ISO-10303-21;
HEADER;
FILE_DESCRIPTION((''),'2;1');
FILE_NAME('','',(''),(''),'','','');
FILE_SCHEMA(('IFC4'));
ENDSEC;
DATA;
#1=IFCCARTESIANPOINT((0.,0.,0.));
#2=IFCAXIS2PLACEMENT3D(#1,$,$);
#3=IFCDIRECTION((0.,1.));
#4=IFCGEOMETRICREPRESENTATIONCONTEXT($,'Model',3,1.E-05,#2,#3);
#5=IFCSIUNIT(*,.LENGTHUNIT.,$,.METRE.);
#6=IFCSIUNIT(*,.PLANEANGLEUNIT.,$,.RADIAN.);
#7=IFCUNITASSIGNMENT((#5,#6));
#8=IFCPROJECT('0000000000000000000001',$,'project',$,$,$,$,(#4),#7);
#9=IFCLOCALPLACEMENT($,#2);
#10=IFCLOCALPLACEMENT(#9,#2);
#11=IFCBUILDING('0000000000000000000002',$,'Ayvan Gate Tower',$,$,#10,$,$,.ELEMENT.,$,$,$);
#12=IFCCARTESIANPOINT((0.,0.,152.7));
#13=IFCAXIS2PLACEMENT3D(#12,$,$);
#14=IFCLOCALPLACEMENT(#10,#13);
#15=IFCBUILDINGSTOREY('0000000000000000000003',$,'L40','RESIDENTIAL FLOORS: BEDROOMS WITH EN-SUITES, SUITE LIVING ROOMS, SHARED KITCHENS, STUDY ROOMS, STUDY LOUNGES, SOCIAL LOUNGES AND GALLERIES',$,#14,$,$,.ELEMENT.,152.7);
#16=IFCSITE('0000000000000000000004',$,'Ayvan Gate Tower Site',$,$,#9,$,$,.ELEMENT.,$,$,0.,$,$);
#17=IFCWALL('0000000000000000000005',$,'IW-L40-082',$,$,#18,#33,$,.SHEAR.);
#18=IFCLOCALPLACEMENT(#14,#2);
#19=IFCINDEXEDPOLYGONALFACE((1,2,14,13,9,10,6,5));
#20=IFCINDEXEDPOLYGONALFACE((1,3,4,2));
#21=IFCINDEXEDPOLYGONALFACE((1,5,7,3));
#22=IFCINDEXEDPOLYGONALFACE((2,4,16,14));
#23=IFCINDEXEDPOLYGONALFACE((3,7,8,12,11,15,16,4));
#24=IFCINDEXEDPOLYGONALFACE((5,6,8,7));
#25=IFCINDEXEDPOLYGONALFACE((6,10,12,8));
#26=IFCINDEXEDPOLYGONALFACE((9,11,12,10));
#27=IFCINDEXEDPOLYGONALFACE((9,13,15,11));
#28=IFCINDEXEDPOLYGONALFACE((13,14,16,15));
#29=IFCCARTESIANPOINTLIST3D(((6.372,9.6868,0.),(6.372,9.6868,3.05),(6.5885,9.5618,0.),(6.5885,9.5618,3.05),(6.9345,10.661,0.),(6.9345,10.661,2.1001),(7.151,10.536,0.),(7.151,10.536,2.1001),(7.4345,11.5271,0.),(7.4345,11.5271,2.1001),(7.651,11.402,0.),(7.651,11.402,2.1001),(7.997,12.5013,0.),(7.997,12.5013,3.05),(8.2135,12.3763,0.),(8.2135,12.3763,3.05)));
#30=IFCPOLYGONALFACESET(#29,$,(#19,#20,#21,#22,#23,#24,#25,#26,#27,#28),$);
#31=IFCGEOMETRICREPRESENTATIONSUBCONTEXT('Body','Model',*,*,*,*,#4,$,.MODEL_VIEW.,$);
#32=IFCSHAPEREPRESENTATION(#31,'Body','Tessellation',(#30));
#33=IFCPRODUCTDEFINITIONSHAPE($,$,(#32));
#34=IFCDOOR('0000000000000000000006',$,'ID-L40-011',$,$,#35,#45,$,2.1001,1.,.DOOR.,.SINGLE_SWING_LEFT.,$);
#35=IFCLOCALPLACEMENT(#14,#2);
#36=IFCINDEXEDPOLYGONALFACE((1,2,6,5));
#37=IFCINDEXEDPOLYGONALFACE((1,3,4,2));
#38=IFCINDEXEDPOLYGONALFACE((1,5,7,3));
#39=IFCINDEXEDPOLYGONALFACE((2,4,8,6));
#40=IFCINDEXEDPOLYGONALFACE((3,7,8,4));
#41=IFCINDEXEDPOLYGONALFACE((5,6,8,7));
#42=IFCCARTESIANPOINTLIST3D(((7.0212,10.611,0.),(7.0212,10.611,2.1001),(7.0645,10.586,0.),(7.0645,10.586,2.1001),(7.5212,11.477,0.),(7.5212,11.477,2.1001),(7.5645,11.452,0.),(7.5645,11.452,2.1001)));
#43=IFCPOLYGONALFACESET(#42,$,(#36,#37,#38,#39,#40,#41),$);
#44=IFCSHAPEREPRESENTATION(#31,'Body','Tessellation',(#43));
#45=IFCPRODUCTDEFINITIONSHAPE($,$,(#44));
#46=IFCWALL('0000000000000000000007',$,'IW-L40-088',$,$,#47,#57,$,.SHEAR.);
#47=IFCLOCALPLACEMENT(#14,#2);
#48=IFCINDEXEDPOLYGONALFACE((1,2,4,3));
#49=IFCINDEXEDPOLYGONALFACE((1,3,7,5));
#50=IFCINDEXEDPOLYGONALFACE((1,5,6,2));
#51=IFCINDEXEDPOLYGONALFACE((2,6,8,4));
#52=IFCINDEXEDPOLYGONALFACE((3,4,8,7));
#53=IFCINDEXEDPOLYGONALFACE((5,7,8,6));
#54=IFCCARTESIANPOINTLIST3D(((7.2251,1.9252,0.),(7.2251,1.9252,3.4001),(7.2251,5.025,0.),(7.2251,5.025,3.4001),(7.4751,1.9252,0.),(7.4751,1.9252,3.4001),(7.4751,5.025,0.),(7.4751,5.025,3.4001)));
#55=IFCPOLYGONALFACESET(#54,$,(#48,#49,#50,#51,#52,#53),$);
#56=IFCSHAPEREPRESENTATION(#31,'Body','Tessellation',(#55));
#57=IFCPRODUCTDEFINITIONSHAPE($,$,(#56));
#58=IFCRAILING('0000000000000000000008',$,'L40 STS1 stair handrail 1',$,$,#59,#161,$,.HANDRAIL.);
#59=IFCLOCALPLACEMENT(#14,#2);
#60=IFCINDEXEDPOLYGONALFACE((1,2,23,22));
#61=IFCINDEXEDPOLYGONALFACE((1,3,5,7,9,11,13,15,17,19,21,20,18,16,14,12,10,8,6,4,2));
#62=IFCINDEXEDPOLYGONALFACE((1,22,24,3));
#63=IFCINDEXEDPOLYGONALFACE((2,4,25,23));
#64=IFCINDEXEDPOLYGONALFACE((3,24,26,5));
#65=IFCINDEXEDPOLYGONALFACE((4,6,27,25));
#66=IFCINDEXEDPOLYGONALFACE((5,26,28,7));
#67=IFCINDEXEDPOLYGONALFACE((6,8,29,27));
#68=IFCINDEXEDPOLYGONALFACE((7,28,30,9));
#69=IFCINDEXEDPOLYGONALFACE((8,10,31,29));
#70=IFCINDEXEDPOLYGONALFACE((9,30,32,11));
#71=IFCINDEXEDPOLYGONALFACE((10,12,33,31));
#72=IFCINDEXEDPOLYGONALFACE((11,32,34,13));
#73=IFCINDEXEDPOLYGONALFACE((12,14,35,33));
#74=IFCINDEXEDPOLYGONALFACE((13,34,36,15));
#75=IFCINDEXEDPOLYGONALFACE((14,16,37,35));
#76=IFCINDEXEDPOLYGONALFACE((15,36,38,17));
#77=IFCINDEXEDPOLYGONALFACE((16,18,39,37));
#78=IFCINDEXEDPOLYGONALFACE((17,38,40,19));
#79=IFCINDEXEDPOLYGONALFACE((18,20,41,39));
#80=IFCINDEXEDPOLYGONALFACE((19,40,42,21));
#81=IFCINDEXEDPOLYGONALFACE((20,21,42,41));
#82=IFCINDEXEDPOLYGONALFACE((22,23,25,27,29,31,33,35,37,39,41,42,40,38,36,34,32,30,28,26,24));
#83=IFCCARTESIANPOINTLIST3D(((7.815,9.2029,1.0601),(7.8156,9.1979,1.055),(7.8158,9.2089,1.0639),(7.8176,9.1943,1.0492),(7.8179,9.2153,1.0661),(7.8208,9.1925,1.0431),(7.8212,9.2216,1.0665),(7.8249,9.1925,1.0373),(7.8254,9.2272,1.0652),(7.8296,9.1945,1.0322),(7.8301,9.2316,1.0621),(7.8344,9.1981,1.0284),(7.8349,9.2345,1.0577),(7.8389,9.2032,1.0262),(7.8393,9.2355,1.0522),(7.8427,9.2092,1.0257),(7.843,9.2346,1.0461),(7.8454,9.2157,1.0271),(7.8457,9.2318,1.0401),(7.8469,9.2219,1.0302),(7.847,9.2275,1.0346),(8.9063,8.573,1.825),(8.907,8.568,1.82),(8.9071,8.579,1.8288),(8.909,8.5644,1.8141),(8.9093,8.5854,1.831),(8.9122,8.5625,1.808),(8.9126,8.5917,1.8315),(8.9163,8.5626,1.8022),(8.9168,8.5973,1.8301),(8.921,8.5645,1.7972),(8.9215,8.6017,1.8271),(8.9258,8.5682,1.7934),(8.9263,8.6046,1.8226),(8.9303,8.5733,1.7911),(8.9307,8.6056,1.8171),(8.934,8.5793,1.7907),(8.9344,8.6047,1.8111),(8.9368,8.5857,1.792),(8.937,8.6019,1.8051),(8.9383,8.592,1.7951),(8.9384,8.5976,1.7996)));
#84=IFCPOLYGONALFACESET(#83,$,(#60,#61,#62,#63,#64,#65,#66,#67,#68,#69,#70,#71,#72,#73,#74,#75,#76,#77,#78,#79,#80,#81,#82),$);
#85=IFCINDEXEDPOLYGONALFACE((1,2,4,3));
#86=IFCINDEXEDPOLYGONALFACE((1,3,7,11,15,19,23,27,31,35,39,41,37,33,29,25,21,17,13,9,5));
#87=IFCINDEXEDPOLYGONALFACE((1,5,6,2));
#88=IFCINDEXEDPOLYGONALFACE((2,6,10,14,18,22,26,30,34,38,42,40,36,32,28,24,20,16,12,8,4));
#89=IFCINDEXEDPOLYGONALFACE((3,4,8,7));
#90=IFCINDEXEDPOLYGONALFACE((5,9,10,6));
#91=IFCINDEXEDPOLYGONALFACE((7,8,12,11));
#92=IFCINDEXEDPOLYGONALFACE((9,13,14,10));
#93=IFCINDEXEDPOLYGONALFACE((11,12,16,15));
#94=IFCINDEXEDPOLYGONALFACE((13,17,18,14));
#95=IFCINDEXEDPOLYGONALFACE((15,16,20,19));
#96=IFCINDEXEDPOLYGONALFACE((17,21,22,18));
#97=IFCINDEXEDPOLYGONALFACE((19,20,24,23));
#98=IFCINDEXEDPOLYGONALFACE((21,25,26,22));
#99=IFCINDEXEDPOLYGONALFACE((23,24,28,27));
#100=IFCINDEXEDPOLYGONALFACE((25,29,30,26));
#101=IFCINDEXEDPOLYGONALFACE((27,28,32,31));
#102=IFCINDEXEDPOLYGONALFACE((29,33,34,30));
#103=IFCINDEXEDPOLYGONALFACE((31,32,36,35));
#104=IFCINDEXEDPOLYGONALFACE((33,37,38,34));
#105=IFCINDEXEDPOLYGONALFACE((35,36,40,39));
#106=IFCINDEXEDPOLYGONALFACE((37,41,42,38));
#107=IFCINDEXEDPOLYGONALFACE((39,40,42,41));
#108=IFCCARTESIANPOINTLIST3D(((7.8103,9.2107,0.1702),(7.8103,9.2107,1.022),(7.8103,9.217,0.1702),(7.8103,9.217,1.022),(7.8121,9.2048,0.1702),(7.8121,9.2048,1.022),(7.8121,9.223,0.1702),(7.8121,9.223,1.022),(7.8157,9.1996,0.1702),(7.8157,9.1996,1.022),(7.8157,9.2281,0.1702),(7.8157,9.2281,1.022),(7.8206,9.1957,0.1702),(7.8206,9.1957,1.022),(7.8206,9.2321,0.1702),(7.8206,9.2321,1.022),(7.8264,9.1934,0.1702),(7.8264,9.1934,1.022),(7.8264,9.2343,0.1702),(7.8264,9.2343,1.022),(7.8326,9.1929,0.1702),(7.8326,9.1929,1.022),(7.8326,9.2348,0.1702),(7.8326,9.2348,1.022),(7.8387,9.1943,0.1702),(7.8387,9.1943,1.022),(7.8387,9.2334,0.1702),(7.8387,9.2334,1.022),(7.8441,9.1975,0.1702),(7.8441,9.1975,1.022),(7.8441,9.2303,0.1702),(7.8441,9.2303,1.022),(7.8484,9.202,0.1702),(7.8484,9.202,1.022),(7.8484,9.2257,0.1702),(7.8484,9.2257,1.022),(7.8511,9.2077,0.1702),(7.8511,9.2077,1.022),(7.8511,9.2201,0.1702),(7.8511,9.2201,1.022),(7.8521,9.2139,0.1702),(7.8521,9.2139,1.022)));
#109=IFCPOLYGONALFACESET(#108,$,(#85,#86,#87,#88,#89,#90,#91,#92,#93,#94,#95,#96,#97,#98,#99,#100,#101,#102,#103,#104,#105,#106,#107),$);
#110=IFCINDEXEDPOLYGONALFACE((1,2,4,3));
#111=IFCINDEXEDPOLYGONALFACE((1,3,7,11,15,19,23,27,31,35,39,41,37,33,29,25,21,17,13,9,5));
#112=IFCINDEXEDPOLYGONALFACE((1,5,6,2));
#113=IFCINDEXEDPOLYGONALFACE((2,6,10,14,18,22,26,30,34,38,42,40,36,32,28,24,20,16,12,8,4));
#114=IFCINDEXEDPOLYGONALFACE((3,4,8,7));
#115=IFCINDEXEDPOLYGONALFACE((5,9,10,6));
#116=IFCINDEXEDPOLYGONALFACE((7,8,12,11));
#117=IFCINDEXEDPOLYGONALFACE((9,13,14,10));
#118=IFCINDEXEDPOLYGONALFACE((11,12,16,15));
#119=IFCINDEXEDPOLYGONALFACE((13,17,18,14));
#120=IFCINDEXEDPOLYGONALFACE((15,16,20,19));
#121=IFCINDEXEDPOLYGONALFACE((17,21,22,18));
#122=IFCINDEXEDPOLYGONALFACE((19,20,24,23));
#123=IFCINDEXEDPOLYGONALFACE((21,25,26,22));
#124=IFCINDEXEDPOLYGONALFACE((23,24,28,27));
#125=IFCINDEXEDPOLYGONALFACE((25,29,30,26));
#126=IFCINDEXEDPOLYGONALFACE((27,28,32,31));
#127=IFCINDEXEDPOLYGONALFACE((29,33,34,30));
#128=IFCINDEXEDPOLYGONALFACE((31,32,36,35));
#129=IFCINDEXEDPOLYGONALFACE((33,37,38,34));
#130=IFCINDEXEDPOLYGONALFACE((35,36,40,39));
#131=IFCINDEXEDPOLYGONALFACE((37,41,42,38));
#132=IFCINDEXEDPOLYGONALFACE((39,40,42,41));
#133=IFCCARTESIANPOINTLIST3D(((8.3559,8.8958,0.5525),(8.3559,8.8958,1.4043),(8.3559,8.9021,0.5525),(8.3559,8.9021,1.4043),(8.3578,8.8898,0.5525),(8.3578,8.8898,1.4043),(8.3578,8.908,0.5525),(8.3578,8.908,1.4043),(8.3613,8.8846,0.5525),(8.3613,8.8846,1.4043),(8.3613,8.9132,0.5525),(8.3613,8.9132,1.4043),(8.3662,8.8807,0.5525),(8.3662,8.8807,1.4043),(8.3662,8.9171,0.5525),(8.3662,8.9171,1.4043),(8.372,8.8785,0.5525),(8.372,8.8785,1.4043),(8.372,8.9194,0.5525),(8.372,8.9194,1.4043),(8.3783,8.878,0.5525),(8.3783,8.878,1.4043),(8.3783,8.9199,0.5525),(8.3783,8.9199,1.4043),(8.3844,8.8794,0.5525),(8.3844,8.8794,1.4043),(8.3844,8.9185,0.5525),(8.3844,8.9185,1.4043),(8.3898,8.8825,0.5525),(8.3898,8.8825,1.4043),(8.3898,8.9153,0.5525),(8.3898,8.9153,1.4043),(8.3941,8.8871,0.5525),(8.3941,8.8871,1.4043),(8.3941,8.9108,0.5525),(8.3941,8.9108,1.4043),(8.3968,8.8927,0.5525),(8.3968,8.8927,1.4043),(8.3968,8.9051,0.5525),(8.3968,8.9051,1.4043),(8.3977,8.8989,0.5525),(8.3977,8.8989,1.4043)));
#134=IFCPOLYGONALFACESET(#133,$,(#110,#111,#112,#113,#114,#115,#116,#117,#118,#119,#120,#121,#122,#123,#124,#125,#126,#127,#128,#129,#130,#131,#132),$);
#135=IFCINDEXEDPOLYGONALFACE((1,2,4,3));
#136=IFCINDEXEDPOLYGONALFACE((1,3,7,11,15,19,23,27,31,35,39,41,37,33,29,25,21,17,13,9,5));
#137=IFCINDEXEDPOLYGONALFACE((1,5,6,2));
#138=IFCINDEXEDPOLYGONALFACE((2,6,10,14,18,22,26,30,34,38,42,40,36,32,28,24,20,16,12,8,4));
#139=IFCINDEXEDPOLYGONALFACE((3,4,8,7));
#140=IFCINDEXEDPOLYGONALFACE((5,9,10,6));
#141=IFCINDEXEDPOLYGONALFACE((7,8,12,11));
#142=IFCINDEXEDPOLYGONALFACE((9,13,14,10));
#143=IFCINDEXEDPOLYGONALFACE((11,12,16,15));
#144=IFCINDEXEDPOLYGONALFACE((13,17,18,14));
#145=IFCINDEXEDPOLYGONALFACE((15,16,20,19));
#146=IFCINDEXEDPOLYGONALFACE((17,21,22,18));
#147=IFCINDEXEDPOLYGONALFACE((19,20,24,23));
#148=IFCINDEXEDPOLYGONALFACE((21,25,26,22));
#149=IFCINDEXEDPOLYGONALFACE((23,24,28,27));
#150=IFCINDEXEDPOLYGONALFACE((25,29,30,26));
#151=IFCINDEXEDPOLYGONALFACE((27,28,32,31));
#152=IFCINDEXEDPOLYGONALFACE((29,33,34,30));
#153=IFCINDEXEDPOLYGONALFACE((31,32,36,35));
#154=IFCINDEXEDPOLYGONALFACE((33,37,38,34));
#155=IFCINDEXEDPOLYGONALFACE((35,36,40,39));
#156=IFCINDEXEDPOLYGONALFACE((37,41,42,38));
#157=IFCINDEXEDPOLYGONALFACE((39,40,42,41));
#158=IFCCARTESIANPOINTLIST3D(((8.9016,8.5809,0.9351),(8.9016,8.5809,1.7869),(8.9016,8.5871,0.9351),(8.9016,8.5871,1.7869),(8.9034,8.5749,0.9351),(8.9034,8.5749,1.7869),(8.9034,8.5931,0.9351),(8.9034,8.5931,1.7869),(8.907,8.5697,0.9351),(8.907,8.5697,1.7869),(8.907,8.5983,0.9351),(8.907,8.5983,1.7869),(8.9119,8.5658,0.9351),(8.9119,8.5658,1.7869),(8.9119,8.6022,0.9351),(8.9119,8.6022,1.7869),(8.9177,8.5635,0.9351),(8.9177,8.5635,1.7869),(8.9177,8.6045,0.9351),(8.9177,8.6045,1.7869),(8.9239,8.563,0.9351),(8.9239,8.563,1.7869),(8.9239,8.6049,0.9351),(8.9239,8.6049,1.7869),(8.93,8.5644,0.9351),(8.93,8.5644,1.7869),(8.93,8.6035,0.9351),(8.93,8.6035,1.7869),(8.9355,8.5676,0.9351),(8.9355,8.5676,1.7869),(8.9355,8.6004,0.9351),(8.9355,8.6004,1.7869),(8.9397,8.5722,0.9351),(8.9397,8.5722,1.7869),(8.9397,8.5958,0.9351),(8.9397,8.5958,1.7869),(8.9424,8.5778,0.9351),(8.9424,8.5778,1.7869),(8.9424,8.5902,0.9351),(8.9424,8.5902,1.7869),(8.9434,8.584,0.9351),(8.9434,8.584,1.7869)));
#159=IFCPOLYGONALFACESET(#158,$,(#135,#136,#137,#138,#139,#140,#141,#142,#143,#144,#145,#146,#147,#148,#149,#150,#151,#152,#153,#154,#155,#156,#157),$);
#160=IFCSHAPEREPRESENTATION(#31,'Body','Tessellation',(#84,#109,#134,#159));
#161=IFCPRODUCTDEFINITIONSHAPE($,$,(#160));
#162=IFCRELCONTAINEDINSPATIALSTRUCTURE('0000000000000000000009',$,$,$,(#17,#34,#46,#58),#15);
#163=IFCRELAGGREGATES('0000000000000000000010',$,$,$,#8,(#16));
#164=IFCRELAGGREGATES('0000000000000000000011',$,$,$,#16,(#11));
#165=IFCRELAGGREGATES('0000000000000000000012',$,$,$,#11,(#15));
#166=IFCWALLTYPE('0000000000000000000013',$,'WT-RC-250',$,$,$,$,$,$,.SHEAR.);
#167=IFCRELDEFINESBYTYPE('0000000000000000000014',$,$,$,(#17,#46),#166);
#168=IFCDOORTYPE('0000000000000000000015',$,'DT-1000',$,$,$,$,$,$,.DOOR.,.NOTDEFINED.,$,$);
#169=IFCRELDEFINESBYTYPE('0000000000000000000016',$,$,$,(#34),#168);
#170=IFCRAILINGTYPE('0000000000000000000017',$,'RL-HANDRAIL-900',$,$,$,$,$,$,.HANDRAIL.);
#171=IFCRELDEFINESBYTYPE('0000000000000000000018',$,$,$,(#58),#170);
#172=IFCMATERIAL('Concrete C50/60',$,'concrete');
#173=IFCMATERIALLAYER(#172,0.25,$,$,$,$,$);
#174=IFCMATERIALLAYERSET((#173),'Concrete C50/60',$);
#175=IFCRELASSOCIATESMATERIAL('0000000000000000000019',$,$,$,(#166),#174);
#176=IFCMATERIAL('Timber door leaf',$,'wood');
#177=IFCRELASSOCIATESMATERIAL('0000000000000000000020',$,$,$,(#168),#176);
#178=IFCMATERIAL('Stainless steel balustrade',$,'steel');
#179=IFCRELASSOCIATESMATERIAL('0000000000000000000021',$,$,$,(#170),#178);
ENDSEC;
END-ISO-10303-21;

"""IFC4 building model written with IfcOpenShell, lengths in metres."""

from ifc_helpers import new_model, si_unit, direction, frame, frame_2d, origin, origin_2d, place, context, subcontext, project, spatial, rectangle, circle, extrude, material, layer, layer_set, type_object, element, fill, save


model = new_model("IFC4")

# Units and contexts
model_context = context("Model", 3, precision=1e-05, world=origin(), true_north=direction((0.0, 1.0)))
body_context = subcontext(model_context, "Body", "Model", "MODEL_VIEW")
ifc_project = project(units=[si_unit("LENGTHUNIT", "METRE"), si_unit("PLANEANGLEUNIT", "RADIAN")], contexts=[model_context])

# Site, building, storey
site_placement = place(None, origin())
site = spatial("IfcSite", under=ifc_project, at=site_placement, Name="Ayvan Gate Tower Site", CompositionType="ELEMENT", RefElevation=0.0)
building_placement = place(site_placement, origin())
building = spatial("IfcBuilding", under=site, at=building_placement, Name="Ayvan Gate Tower", CompositionType="ELEMENT")
storey_placement = place(building_placement, frame((0.0, 0.0, 152.7)))
storey = spatial("IfcBuildingStorey", under=building, at=storey_placement, Name="L40", Description="RESIDENTIAL FLOORS: BEDROOMS WITH EN-SUITES, SUITE LIVING ROOMS, SHARED KITCHENS, STUDY ROOMS, STUDY LOUNGES, SOCIAL LOUNGES AND GALLERIES", CompositionType="ELEMENT", Elevation=152.7)

# Shared definitions
ifc_material_1 = material(Name="Timber door leaf", Category="wood")

# Shared definitions
ifc_material_2 = material(Name="Concrete C50/60", Category="concrete")
ifc_layer_1 = layer(ifc_material_2, 0.25)
ifc_layer_set_1 = layer_set([ifc_layer_1], Name="Concrete C50/60")
wall_type_1 = type_object("IfcWallType", Name="WT-RC-250", PredefinedType="SHEAR", material=ifc_layer_set_1)

# Wall, opening, door
wall_1_placement = place(storey_placement, frame((6.4802, 9.6243, 0.0), z_axis=(0.0, 0.0, 1.0), x_axis=(0.500017, 0.866015, 0.0)))
wall_1 = element("IfcWall", 1, at=wall_1_placement, inside=storey, type_object=wall_type_1, Name="IW-L40-082", PredefinedType="SHEAR", context=body_context, shape_type="SweptSolid", body=[
    extrude(rectangle(XDim=3.25, YDim=0.25, at=frame_2d((1.625, 0.0))), origin(), (0.0, 0.0, 1.0), 3.05),
])
opening_1_placement = place(wall_1_placement, frame((1.125, 0.0, 0.0)))
opening_1 = element("IfcOpeningElement", 2, at=opening_1_placement, cuts=wall_1, PredefinedType="OPENING", context=body_context, shape_type="SweptSolid", body=[
    extrude(rectangle(XDim=1.0, YDim=2.1001, at=frame_2d((0.5, 1.05))), frame((0.0, 0.135, 0.0), z_axis=(0.0, -1.0, 0.0), x_axis=(1.0, 0.0, 0.0)), (0.0, 0.0, 1.0), 0.27),
])
door_type_1 = type_object("IfcDoorType", Name="DT-1000", OperationType="NOTDEFINED", PredefinedType="DOOR", material=ifc_material_1)
door_1_placement = place(opening_1_placement, origin())
door_1 = element("IfcDoor", 3, at=door_1_placement, inside=storey, type_object=door_type_1, Name="ID-L40-011", OperationType="SINGLE_SWING_LEFT", OverallHeight=2.1001, OverallWidth=1.0, PredefinedType="DOOR", context=body_context, shape_type="SweptSolid", body=[
    extrude(rectangle(XDim=1.0, YDim=2.1001, at=frame_2d((0.5, 1.05))), frame((0.0, 0.0249, 0.0), z_axis=(0.0, -1.0, 0.0), x_axis=(1.0, 0.0, 0.0)), (0.0, 0.0, 1.0), 0.05),
])
fill(opening_1, door_1)

# Wall
wall_2_placement = place(storey_placement, frame((7.3501, 5.0249, 0.0), z_axis=(0.0, 0.0, 1.0), x_axis=(0.0, -1.0, 0.0)))
element("IfcWall", 4, at=wall_2_placement, inside=storey, type_object=wall_type_1, Name="IW-L40-088", PredefinedType="SHEAR", context=body_context, shape_type="SweptSolid", body=[
    extrude(rectangle(XDim=3.0999, YDim=0.25, at=frame_2d((1.5498, 0.0))), origin(), (0.0, 0.0, 1.0), 3.4001),
])

# Railing
ifc_material_3 = material(Name="Stainless steel balustrade", Category="steel")
railing_type = type_object("IfcRailingType", Name="RL-HANDRAIL-900", PredefinedType="HANDRAIL", material=ifc_material_3)
railing_placement = place(storey_placement, frame((7.8311, 9.2139, 0.1702)))
element("IfcRailing", 5, at=railing_placement, inside=storey, type_object=railing_type, Name="L40 STS1 stair handrail 1", PredefinedType="HANDRAIL", context=body_context, shape_type="SweptSolid", body=[
    extrude(circle(Radius=0.0239, at=origin_2d()), frame((0.0, 0.0, 0.876), z_axis=(0.740357, -0.42732, 0.518912), x_axis=(0.49989, 0.866089, 0.0)), (0.0, 0.0, 1.0), 1.4741),
    extrude(circle(Radius=0.021, at=origin_2d()), origin(), (0.0, 0.0, 1.0), 0.8518),
    extrude(circle(Radius=0.021, at=origin_2d()), frame((0.5457, -0.3149, 0.3823)), (0.0, 0.0, 1.0), 0.8518),
    extrude(circle(Radius=0.021, at=origin_2d()), frame((1.0913, -0.6299, 0.7649)), (0.0, 0.0, 1.0), 0.8518),
])

save(model, "model.ifc")
